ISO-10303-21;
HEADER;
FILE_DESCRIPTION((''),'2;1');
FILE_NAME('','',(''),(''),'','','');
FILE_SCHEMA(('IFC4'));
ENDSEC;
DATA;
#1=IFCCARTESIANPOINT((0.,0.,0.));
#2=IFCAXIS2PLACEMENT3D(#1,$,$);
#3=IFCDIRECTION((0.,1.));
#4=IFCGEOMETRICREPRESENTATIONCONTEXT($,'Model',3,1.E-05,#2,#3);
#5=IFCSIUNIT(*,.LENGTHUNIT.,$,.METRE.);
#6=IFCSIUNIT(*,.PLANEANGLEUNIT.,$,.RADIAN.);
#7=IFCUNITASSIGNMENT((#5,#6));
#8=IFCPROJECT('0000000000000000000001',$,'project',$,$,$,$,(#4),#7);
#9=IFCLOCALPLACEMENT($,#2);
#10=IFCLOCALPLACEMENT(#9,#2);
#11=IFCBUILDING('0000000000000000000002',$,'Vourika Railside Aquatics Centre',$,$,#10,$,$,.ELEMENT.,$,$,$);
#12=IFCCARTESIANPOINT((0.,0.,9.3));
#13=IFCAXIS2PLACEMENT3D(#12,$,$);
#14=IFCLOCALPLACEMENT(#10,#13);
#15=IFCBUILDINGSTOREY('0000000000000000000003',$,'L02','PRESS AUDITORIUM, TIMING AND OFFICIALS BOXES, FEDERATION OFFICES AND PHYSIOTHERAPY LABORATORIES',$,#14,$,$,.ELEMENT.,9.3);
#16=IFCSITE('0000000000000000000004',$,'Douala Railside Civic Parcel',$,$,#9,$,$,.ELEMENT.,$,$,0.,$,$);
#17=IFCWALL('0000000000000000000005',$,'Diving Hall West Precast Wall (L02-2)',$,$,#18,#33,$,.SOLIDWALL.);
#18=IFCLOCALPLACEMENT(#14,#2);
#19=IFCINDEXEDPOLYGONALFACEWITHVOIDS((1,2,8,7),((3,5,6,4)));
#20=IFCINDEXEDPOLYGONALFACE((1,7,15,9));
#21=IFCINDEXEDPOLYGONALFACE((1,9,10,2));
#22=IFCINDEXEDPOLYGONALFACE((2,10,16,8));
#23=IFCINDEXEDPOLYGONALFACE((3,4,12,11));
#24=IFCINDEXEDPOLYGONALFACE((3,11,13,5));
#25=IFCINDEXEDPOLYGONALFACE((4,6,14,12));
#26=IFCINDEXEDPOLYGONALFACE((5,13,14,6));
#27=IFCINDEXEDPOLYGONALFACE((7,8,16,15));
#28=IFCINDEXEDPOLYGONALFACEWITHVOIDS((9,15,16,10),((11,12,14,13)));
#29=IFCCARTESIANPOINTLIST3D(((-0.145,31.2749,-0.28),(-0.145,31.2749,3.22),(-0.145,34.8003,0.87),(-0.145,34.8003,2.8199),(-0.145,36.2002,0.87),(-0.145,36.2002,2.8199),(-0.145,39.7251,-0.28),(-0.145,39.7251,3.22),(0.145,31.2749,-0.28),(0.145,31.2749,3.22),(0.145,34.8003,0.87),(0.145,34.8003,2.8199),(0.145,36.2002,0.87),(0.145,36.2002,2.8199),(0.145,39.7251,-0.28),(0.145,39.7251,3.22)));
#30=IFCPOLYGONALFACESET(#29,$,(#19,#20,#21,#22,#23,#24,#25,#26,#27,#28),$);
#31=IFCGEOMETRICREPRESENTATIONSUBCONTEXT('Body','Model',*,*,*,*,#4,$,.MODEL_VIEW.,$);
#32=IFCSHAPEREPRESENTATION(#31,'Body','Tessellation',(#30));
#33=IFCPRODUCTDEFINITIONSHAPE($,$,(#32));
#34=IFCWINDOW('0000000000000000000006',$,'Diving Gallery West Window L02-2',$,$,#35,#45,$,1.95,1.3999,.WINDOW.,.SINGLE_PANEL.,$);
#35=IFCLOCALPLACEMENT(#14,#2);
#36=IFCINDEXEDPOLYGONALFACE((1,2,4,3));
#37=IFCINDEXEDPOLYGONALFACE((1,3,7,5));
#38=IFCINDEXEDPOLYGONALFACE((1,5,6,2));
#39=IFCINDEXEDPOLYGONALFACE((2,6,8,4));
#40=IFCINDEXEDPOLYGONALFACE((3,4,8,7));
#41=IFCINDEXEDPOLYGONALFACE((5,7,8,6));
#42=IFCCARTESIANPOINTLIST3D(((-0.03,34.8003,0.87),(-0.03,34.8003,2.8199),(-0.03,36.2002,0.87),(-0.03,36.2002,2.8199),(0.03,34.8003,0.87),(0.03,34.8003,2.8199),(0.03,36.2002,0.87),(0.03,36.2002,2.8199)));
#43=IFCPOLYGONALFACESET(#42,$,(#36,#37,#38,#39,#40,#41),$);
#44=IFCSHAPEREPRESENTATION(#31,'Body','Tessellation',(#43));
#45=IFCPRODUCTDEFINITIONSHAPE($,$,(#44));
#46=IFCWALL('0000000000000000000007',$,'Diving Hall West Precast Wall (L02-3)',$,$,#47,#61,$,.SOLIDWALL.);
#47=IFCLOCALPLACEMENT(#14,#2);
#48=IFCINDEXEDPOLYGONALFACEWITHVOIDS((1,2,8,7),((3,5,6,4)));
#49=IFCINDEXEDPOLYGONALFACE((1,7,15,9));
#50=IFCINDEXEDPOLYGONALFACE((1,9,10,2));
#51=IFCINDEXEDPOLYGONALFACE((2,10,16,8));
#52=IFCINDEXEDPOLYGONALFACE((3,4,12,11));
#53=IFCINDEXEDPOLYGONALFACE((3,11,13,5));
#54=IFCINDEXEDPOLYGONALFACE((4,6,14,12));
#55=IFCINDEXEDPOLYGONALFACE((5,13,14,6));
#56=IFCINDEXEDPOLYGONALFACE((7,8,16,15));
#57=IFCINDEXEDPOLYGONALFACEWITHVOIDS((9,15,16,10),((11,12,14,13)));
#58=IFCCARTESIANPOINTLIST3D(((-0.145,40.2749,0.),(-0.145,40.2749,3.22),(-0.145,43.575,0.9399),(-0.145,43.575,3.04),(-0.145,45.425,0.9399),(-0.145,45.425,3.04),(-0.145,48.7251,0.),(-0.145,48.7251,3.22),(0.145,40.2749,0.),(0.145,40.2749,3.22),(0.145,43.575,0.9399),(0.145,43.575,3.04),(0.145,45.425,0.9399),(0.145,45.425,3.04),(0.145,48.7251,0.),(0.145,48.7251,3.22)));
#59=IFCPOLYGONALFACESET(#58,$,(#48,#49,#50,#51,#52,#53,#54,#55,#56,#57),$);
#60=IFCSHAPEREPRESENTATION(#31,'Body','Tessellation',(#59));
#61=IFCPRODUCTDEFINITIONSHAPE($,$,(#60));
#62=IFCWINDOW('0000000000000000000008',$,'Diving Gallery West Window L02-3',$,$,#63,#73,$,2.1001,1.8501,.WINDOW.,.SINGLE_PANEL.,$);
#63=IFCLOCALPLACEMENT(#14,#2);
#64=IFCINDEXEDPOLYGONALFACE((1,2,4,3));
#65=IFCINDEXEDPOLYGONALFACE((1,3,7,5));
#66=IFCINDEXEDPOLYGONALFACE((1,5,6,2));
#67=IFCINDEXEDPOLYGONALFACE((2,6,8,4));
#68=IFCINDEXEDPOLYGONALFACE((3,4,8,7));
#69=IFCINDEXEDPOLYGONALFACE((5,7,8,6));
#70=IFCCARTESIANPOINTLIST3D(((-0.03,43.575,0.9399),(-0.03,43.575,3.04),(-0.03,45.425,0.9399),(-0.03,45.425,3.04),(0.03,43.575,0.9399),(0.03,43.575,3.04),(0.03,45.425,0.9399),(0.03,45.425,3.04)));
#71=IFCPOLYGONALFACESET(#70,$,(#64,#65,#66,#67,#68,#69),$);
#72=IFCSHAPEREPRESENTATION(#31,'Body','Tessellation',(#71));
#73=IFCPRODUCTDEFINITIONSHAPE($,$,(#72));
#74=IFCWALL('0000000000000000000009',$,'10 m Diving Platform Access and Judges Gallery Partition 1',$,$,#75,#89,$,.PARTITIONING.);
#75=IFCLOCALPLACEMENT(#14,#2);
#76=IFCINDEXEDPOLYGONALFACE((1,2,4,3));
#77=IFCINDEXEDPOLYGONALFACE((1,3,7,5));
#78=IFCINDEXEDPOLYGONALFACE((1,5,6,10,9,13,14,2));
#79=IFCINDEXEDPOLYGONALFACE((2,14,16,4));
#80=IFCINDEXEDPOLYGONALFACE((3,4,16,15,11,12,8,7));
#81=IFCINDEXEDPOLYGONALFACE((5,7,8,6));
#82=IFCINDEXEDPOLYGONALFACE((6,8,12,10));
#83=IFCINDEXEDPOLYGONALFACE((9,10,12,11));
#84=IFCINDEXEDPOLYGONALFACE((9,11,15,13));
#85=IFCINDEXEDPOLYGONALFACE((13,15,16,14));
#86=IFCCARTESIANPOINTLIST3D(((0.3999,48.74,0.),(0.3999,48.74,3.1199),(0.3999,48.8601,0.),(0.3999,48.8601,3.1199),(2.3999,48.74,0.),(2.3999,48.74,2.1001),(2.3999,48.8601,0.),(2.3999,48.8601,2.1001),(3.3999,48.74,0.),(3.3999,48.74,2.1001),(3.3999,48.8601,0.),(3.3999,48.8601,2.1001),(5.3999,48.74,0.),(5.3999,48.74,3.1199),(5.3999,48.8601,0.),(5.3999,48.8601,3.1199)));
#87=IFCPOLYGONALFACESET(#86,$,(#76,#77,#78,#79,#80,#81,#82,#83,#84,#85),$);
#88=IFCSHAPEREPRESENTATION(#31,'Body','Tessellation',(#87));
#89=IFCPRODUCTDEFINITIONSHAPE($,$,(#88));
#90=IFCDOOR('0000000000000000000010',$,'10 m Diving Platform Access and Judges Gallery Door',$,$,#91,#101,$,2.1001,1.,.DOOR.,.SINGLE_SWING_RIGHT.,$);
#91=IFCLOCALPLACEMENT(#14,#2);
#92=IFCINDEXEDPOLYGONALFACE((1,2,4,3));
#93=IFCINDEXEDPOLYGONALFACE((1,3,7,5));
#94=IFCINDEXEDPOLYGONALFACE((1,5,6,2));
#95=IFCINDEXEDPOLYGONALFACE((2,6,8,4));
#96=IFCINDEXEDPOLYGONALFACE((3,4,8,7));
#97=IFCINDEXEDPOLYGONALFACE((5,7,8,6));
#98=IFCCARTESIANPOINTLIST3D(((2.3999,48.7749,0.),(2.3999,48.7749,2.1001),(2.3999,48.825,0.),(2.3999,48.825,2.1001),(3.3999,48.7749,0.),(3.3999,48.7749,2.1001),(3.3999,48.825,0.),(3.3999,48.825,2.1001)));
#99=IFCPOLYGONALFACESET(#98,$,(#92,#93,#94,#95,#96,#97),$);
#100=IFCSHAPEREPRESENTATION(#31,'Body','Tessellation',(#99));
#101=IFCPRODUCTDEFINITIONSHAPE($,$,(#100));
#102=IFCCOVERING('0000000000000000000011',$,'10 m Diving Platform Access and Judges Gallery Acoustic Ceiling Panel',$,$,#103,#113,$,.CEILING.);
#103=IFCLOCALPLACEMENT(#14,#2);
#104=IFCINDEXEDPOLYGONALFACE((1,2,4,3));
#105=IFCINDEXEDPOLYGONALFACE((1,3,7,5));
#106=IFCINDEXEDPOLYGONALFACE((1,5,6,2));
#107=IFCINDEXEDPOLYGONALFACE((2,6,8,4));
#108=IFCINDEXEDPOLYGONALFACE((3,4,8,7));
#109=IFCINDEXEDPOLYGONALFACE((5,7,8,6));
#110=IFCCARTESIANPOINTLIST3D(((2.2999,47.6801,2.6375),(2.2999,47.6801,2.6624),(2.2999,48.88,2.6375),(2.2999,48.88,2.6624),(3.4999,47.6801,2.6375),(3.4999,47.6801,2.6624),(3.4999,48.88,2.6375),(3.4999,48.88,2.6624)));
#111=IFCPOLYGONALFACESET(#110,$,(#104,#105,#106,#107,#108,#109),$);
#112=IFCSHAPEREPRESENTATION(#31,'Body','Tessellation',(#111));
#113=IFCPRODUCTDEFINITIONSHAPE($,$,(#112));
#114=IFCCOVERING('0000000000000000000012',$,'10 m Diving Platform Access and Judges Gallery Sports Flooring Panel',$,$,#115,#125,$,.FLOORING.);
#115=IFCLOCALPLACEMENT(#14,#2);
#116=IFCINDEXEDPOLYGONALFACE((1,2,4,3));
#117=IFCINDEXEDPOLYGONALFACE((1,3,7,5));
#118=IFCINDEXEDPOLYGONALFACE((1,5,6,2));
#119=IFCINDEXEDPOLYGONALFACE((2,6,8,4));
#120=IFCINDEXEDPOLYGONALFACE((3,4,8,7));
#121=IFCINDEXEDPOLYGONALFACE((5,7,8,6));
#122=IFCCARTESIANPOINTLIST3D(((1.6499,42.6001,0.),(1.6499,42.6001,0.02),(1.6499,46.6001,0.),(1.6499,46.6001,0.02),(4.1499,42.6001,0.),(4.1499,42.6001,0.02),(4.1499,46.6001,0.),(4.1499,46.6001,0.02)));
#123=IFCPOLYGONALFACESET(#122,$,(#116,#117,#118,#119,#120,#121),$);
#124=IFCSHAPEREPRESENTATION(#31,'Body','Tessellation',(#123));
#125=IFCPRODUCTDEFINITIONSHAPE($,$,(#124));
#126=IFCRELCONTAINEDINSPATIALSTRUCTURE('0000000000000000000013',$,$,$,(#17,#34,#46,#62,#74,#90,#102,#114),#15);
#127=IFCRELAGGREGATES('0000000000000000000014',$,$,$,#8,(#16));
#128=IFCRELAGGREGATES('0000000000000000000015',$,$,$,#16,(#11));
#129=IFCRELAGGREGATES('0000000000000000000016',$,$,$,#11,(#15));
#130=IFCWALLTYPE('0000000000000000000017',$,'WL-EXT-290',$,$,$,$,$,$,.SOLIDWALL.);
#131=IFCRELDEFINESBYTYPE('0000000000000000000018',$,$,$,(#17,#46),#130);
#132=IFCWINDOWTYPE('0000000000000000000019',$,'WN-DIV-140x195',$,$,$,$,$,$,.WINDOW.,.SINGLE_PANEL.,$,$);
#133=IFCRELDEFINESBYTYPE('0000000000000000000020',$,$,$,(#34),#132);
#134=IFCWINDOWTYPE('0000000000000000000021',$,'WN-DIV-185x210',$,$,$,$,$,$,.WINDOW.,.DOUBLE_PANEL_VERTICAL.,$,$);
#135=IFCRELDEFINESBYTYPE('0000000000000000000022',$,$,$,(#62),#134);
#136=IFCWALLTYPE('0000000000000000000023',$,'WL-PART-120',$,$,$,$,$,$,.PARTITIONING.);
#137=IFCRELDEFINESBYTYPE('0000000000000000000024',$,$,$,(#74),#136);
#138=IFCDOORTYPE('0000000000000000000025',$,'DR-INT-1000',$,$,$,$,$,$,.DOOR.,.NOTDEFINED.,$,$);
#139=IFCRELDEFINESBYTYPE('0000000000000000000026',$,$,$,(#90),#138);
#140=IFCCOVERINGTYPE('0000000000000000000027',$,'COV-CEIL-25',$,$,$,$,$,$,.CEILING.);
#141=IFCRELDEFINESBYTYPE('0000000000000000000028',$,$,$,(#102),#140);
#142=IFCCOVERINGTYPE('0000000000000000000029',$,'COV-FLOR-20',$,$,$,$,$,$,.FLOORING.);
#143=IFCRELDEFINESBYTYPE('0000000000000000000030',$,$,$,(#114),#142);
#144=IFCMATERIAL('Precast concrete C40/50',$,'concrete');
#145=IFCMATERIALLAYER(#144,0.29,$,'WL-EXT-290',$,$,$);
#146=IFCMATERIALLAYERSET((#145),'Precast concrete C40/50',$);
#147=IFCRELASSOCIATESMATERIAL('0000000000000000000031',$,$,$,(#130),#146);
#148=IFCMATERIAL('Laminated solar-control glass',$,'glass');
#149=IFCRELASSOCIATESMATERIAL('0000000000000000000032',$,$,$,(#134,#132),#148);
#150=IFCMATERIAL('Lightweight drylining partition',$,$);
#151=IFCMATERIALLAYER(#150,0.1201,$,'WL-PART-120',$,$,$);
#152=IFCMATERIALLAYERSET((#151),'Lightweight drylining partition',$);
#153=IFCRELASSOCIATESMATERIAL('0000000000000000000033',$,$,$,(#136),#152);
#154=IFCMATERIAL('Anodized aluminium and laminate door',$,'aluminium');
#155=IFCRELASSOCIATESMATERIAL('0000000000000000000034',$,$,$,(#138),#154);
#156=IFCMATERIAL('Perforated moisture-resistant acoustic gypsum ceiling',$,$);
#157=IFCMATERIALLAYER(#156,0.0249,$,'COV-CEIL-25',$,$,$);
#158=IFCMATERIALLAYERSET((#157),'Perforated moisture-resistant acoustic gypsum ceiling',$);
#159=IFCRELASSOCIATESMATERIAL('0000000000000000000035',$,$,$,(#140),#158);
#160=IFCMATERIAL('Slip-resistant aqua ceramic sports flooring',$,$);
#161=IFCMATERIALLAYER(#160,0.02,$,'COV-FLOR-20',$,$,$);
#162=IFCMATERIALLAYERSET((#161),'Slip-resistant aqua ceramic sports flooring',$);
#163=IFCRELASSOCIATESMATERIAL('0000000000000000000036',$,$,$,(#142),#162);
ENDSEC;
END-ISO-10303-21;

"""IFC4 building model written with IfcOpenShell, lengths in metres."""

from ifc_helpers import new_model, si_unit, direction, frame, frame_2d, origin, origin_2d, place, context, subcontext, project, spatial, rectangle, extrude, material, layer, layer_set, type_object, element, fill, save


model = new_model("IFC4")

# Units and contexts
model_context = context("Model", 3, precision=1e-05, world=origin(), true_north=direction((0.0, 1.0)))
body_context = subcontext(model_context, "Body", "Model", "MODEL_VIEW")
ifc_project = project(units=[si_unit("LENGTHUNIT", "METRE"), si_unit("PLANEANGLEUNIT", "RADIAN")], contexts=[model_context])

# Site, building, storey
site_placement = place(None, origin())
site = spatial("IfcSite", under=ifc_project, at=site_placement, Name="Douala Railside Civic Parcel", CompositionType="ELEMENT", RefElevation=0.0)
building_placement = place(site_placement, origin())
building = spatial("IfcBuilding", under=site, at=building_placement, Name="Vourika Railside Aquatics Centre", CompositionType="ELEMENT")
storey_placement = place(building_placement, frame((0.0, 0.0, 9.3)))
storey = spatial("IfcBuildingStorey", under=building, at=storey_placement, Name="L02", Description="PRESS AUDITORIUM, TIMING AND OFFICIALS BOXES, FEDERATION OFFICES AND PHYSIOTHERAPY LABORATORIES", CompositionType="ELEMENT", Elevation=9.3)

# Walls, openings, windows
ifc_material_1 = material(Name="Precast concrete C40/50", Category="concrete")
ifc_layer_1 = layer(ifc_material_1, 0.29, Name="WL-EXT-290")
ifc_layer_set_1 = layer_set([ifc_layer_1], Name="Precast concrete C40/50")
wall_type_1 = type_object("IfcWallType", Name="WL-EXT-290", PredefinedType="SOLIDWALL", material=ifc_layer_set_1)
ifc_material_2 = material(Name="Laminated solar-control glass", Category="glass")
window_type_1 = type_object("IfcWindowType", Name="WN-DIV-185x210", PartitioningType="DOUBLE_PANEL_VERTICAL", PredefinedType="WINDOW", material=ifc_material_2)
wall_1_placement = place(storey_placement, frame((0.0, 39.7251, -0.28), z_axis=(0.0, 0.0, 1.0), x_axis=(0.0, -1.0, 0.0)))
wall_1 = element("IfcWall", 1, at=wall_1_placement, inside=storey, type_object=wall_type_1, Name="Diving Hall West Precast Wall (L02-2)", PredefinedType="SOLIDWALL", context=body_context, shape_type="SweptSolid", body=[
    extrude(rectangle(XDim=8.4502, YDim=0.29, at=frame_2d((4.2251, 0.0))), origin(), (0.0, 0.0, 1.0), 3.5),
])
opening_1_placement = place(wall_1_placement, frame((3.5249, 0.0, 1.1499)))
opening_1 = element("IfcOpeningElement", 2, at=opening_1_placement, cuts=wall_1, PredefinedType="OPENING", context=body_context, shape_type="SweptSolid", body=[
    extrude(rectangle(XDim=1.3999, YDim=1.95, at=frame_2d((0.7, 0.9751))), frame((0.0, 0.155, 0.0), z_axis=(0.0, -1.0, 0.0), x_axis=(1.0, 0.0, 0.0)), (0.0, 0.0, 1.0), 0.3101),
])
window_type_2 = type_object("IfcWindowType", Name="WN-DIV-140x195", PartitioningType="SINGLE_PANEL", PredefinedType="WINDOW", material=ifc_material_2)
window_1_placement = place(opening_1_placement, origin())
window_1 = element("IfcWindow", 3, at=window_1_placement, inside=storey, type_object=window_type_2, Name="Diving Gallery West Window L02-2", OverallHeight=1.95, OverallWidth=1.3999, PartitioningType="SINGLE_PANEL", PredefinedType="WINDOW", context=body_context, shape_type="SweptSolid", body=[
    extrude(rectangle(XDim=1.3999, YDim=1.95, at=frame_2d((0.7, 0.9751))), frame((0.0, 0.03, 0.0), z_axis=(0.0, -1.0, 0.0), x_axis=(1.0, 0.0, 0.0)), (0.0, 0.0, 1.0), 0.0601),
])
fill(opening_1, window_1)
wall_2_placement = place(storey_placement, frame((0.0, 48.7251, 0.0), z_axis=(0.0, 0.0, 1.0), x_axis=(0.0, -1.0, 0.0)))
wall_2 = element("IfcWall", 4, at=wall_2_placement, inside=storey, type_object=wall_type_1, Name="Diving Hall West Precast Wall (L02-3)", PredefinedType="SOLIDWALL", context=body_context, shape_type="SweptSolid", body=[
    extrude(rectangle(XDim=8.4502, YDim=0.29, at=frame_2d((4.2251, 0.0))), origin(), (0.0, 0.0, 1.0), 3.22),
])
opening_2_placement = place(wall_2_placement, frame((3.3, 0.0, 0.9399)))
opening_2 = element("IfcOpeningElement", 5, at=opening_2_placement, cuts=wall_2, PredefinedType="OPENING", context=body_context, shape_type="SweptSolid", body=[
    extrude(rectangle(XDim=1.8501, YDim=2.1001, at=frame_2d((0.925, 1.05))), frame((0.0, 0.155, 0.0), z_axis=(0.0, -1.0, 0.0), x_axis=(1.0, 0.0, 0.0)), (0.0, 0.0, 1.0), 0.3101),
])
window_2_placement = place(opening_2_placement, origin())
window_2 = element("IfcWindow", 6, at=window_2_placement, inside=storey, type_object=window_type_1, Name="Diving Gallery West Window L02-3", OverallHeight=2.1001, OverallWidth=1.8501, PartitioningType="SINGLE_PANEL", PredefinedType="WINDOW", context=body_context, shape_type="SweptSolid", body=[
    extrude(rectangle(XDim=1.8501, YDim=2.1001, at=frame_2d((0.925, 1.05))), frame((0.0, 0.03, 0.0), z_axis=(0.0, -1.0, 0.0), x_axis=(1.0, 0.0, 0.0)), (0.0, 0.0, 1.0), 0.0601),
])
fill(opening_2, window_2)

# Wall, opening, door
ifc_material_3 = material(Name="Lightweight drylining partition")
ifc_layer_2 = layer(ifc_material_3, 0.1201, Name="WL-PART-120")
ifc_layer_set_2 = layer_set([ifc_layer_2], Name="Lightweight drylining partition")
wall_type_2 = type_object("IfcWallType", Name="WL-PART-120", PredefinedType="PARTITIONING", material=ifc_layer_set_2)
wall_3_placement = place(storey_placement, frame((0.3999, 48.8, 0.0), z_axis=(0.0, 0.0, 1.0), x_axis=(1.0, 0.0, 0.0)))
wall_3 = element("IfcWall", 7, at=wall_3_placement, inside=storey, type_object=wall_type_2, Name="10 m Diving Platform Access and Judges Gallery Partition 1", PredefinedType="PARTITIONING", context=body_context, shape_type="SweptSolid", body=[
    extrude(rectangle(XDim=5.0, YDim=0.1201, at=frame_2d((2.5, 0.0))), origin(), (0.0, 0.0, 1.0), 3.1199),
])
opening_3_placement = place(wall_3_placement, frame((2.0, 0.0, 0.0)))
opening_3 = element("IfcOpeningElement", 8, at=opening_3_placement, cuts=wall_3, PredefinedType="OPENING", context=body_context, shape_type="SweptSolid", body=[
    extrude(rectangle(XDim=1.0, YDim=2.1001, at=frame_2d((0.5, 1.05))), frame((0.0, 0.0701, 0.0), z_axis=(0.0, -1.0, 0.0), x_axis=(1.0, 0.0, 0.0)), (0.0, 0.0, 1.0), 0.1401),
])
ifc_material_4 = material(Name="Anodized aluminium and laminate door", Category="aluminium")
door_type = type_object("IfcDoorType", Name="DR-INT-1000", OperationType="NOTDEFINED", PredefinedType="DOOR", material=ifc_material_4)
door_placement = place(opening_3_placement, origin())
door = element("IfcDoor", 9, at=door_placement, inside=storey, type_object=door_type, Name="10 m Diving Platform Access and Judges Gallery Door", OperationType="SINGLE_SWING_RIGHT", OverallHeight=2.1001, OverallWidth=1.0, PredefinedType="DOOR", context=body_context, shape_type="SweptSolid", body=[
    extrude(rectangle(XDim=1.0, YDim=2.1001, at=frame_2d((0.5, 1.05))), frame((0.0, 0.0249, 0.0), z_axis=(0.0, -1.0, 0.0), x_axis=(1.0, 0.0, 0.0)), (0.0, 0.0, 1.0), 0.05),
])
fill(opening_3, door)

# Coverings
ifc_material_5 = material(Name="Perforated moisture-resistant acoustic gypsum ceiling")
ifc_layer_3 = layer(ifc_material_5, 0.0249, Name="COV-CEIL-25")
ifc_layer_set_3 = layer_set([ifc_layer_3], Name="Perforated moisture-resistant acoustic gypsum ceiling")
covering_type_1 = type_object("IfcCoveringType", Name="COV-CEIL-25", PredefinedType="CEILING", material=ifc_layer_set_3)
covering_1_placement = place(storey_placement, frame((2.8999, 48.28, 2.6375), z_axis=(0.0, 0.0, 1.0), x_axis=(1.0, 0.0, 0.0)))
element("IfcCovering", 10, at=covering_1_placement, inside=storey, type_object=covering_type_1, Name="10 m Diving Platform Access and Judges Gallery Acoustic Ceiling Panel", PredefinedType="CEILING", context=body_context, shape_type="SweptSolid", body=[
    extrude(rectangle(XDim=1.2, YDim=1.2, at=origin_2d()), origin(), (0.0, 0.0, 1.0), 0.0249),
])
ifc_material_6 = material(Name="Slip-resistant aqua ceramic sports flooring")
ifc_layer_4 = layer(ifc_material_6, 0.02, Name="COV-FLOR-20")
ifc_layer_set_4 = layer_set([ifc_layer_4], Name="Slip-resistant aqua ceramic sports flooring")
covering_type_2 = type_object("IfcCoveringType", Name="COV-FLOR-20", PredefinedType="FLOORING", material=ifc_layer_set_4)
covering_2_placement = place(storey_placement, frame((2.8999, 44.6001, 0.0), z_axis=(0.0, 0.0, 1.0), x_axis=(1.0, 0.0, 0.0)))
element("IfcCovering", 11, at=covering_2_placement, inside=storey, type_object=covering_type_2, Name="10 m Diving Platform Access and Judges Gallery Sports Flooring Panel", PredefinedType="FLOORING", context=body_context, shape_type="SweptSolid", body=[
    extrude(rectangle(XDim=2.5, YDim=4.0, at=origin_2d()), origin(), (0.0, 0.0, 1.0), 0.02),
])

save(model, "model.ifc")
